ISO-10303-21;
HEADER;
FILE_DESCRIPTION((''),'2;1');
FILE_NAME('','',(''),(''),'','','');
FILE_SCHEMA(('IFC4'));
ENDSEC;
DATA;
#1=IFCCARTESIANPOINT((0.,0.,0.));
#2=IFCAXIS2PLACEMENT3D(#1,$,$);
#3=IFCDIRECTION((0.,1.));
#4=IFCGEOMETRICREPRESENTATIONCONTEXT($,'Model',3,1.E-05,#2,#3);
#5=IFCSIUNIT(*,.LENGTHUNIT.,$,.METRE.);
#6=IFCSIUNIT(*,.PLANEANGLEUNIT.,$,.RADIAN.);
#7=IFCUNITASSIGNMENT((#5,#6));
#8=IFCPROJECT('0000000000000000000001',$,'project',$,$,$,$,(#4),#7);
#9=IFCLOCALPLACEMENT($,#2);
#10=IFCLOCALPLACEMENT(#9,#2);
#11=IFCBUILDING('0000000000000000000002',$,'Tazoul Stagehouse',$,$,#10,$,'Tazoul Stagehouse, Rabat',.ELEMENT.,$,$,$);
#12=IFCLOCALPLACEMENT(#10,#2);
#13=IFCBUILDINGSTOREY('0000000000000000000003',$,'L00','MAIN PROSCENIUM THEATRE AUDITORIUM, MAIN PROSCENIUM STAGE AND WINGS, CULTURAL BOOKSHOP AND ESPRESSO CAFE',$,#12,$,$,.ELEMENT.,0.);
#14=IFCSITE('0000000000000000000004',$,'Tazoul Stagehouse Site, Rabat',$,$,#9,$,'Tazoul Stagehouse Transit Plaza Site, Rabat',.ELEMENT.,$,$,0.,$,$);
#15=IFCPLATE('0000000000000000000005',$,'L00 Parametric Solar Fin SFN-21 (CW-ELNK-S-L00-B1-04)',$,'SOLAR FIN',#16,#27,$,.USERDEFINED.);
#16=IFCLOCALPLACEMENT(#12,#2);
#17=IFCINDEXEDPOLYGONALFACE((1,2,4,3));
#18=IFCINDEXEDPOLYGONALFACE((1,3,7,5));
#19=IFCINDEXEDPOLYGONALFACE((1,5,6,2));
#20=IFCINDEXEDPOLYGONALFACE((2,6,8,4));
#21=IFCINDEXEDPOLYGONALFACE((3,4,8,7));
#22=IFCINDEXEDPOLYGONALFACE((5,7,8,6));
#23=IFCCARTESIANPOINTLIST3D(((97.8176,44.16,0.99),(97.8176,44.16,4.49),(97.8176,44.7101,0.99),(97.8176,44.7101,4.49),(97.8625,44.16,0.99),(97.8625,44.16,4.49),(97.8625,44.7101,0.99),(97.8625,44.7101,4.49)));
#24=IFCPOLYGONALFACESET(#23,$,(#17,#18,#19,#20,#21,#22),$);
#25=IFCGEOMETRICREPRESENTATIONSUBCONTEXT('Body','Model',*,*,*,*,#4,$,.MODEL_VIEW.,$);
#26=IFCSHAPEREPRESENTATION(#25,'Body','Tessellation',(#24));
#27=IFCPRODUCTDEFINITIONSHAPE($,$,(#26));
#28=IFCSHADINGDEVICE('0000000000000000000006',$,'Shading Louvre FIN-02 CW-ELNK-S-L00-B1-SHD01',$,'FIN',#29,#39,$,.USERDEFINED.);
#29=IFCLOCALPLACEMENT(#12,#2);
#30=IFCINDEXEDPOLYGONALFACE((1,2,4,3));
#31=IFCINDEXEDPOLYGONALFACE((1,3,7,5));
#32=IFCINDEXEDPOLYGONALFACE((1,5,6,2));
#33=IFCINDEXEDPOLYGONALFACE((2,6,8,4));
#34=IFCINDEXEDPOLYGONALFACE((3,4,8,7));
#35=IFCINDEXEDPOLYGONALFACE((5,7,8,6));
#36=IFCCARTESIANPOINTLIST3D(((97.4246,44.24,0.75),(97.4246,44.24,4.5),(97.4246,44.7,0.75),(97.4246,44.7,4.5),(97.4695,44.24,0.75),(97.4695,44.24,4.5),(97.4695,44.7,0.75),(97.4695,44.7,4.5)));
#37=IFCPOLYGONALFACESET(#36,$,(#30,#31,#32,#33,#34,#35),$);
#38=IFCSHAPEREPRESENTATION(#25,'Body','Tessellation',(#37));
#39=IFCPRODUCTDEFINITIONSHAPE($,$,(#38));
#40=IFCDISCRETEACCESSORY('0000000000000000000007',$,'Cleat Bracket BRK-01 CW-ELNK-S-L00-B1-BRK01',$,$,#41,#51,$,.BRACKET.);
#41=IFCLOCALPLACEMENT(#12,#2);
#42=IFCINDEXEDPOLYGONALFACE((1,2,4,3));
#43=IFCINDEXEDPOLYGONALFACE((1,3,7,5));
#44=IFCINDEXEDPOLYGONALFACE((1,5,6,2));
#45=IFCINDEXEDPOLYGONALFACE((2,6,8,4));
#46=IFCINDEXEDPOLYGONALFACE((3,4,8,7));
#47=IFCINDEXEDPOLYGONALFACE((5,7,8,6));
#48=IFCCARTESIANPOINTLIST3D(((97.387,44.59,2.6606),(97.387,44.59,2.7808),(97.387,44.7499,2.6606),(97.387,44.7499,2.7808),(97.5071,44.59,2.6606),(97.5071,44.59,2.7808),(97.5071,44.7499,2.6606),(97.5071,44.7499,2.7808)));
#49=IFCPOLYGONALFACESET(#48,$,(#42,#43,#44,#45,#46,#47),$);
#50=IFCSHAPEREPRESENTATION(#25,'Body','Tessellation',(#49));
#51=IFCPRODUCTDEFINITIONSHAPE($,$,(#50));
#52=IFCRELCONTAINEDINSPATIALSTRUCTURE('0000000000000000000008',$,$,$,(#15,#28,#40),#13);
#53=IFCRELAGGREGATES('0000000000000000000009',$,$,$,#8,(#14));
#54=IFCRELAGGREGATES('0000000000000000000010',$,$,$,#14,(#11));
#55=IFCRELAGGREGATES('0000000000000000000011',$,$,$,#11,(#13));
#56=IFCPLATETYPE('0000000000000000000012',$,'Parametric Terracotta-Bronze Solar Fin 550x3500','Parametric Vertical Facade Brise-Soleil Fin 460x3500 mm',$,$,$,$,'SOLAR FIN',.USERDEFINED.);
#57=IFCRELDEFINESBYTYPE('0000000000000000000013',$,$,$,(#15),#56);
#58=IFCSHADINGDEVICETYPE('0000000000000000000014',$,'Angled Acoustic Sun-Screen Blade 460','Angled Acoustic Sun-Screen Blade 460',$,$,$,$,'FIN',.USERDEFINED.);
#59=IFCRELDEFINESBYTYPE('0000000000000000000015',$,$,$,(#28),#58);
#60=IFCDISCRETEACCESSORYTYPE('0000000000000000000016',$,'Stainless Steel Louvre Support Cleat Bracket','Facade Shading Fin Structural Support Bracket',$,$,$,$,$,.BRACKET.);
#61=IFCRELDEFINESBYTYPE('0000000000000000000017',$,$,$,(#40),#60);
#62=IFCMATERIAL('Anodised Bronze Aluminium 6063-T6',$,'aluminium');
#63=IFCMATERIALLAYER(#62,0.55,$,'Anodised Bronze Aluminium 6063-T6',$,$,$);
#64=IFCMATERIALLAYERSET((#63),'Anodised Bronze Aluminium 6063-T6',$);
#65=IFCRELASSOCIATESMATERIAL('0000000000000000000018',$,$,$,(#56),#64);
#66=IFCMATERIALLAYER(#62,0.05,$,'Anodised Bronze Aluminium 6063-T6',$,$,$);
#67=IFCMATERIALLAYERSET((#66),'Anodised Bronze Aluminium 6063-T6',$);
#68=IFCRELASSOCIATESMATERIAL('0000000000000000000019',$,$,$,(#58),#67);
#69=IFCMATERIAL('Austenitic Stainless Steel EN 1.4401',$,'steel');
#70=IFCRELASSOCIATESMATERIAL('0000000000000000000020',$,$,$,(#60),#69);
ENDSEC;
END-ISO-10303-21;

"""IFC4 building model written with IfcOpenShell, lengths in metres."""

from ifc_helpers import new_model, si_unit, direction, frame, origin, origin_2d, place, context, subcontext, project, spatial, rectangle, extrude, material, layer, layer_set, type_object, element, save


model = new_model("IFC4")

# Units and contexts
model_context = context("Model", 3, precision=1e-05, world=origin(), true_north=direction((0.0, 1.0)))
body_context = subcontext(model_context, "Body", "Model", "MODEL_VIEW")
ifc_project = project(units=[si_unit("LENGTHUNIT", "METRE"), si_unit("PLANEANGLEUNIT", "RADIAN")], contexts=[model_context])

# Site, building, storey
site_placement = place(None, origin())
site = spatial("IfcSite", under=ifc_project, at=site_placement, Name="Tazoul Stagehouse Site, Rabat", LongName="Tazoul Stagehouse Transit Plaza Site, Rabat", CompositionType="ELEMENT", RefElevation=0.0)
building_placement = place(site_placement, origin())
building = spatial("IfcBuilding", under=site, at=building_placement, Name="Tazoul Stagehouse", LongName="Tazoul Stagehouse, Rabat", CompositionType="ELEMENT")
storey_placement = place(building_placement, origin())
storey = spatial("IfcBuildingStorey", under=building, at=storey_placement, Name="L00", Description="MAIN PROSCENIUM THEATRE AUDITORIUM, MAIN PROSCENIUM STAGE AND WINGS, CULTURAL BOOKSHOP AND ESPRESSO CAFE", CompositionType="ELEMENT", Elevation=0.0)

# Plate
ifc_material_1 = material(Name="Anodised Bronze Aluminium 6063-T6", Category="aluminium")
ifc_layer_1 = layer(ifc_material_1, 0.55, Name="Anodised Bronze Aluminium 6063-T6")
ifc_layer_set_1 = layer_set([ifc_layer_1], Name="Anodised Bronze Aluminium 6063-T6")
plate_type = type_object("IfcPlateType", Name="Parametric Terracotta-Bronze Solar Fin 550x3500", Description="Parametric Vertical Facade Brise-Soleil Fin 460x3500 mm", ElementType="SOLAR FIN", PredefinedType="USERDEFINED", material=ifc_layer_set_1)
plate_placement = place(storey_placement, frame((97.8401, 44.4351, 0.99), z_axis=(0.0, 0.0, 1.0), x_axis=(1.0, 0.0, 0.0)))
element("IfcPlate", 1, at=plate_placement, inside=storey, type_object=plate_type, Name="L00 Parametric Solar Fin SFN-21 (CW-ELNK-S-L00-B1-04)", ObjectType="SOLAR FIN", PredefinedType="USERDEFINED", context=body_context, shape_type="SweptSolid", body=[
    extrude(rectangle(XDim=0.0449, YDim=0.55, at=origin_2d()), origin(), (0.0, 0.0, 1.0), 3.5),
])

# Shading device
ifc_layer_2 = layer(ifc_material_1, 0.05, Name="Anodised Bronze Aluminium 6063-T6")
ifc_layer_set_2 = layer_set([ifc_layer_2], Name="Anodised Bronze Aluminium 6063-T6")
shading_device_type = type_object("IfcShadingDeviceType", Name="Angled Acoustic Sun-Screen Blade 460", Description="Angled Acoustic Sun-Screen Blade 460", ElementType="FIN", PredefinedType="USERDEFINED", material=ifc_layer_set_2)
shading_device_placement = place(storey_placement, frame((97.447, 44.47, 0.75), z_axis=(0.0, 0.0, 1.0), x_axis=(1.0, 0.0, 0.0)))
element("IfcShadingDevice", 2, at=shading_device_placement, inside=storey, type_object=shading_device_type, Name="Shading Louvre FIN-02 CW-ELNK-S-L00-B1-SHD01", ObjectType="FIN", PredefinedType="USERDEFINED", context=body_context, shape_type="SweptSolid", body=[
    extrude(rectangle(XDim=0.0449, YDim=0.46, at=origin_2d()), origin(), (0.0, 0.0, 1.0), 3.75),
])

# Discrete accessory
ifc_material_2 = material(Name="Austenitic Stainless Steel EN 1.4401", Category="steel")
discrete_accessory_type = type_object("IfcDiscreteAccessoryType", Name="Stainless Steel Louvre Support Cleat Bracket", Description="Facade Shading Fin Structural Support Bracket", PredefinedType="BRACKET", material=ifc_material_2)
discrete_accessory_placement = place(storey_placement, frame((97.447, 44.6699, 2.6606), z_axis=(0.0, 0.0, 1.0), x_axis=(1.0, 0.0, 0.0)))
element("IfcDiscreteAccessory", 3, at=discrete_accessory_placement, inside=storey, type_object=discrete_accessory_type, Name="Cleat Bracket BRK-01 CW-ELNK-S-L00-B1-BRK01", PredefinedType="BRACKET", context=body_context, shape_type="SweptSolid", body=[
    extrude(rectangle(XDim=0.1201, YDim=0.1599, at=origin_2d()), origin(), (0.0, 0.0, 1.0), 0.1201),
])

save(model, "model.ifc")
